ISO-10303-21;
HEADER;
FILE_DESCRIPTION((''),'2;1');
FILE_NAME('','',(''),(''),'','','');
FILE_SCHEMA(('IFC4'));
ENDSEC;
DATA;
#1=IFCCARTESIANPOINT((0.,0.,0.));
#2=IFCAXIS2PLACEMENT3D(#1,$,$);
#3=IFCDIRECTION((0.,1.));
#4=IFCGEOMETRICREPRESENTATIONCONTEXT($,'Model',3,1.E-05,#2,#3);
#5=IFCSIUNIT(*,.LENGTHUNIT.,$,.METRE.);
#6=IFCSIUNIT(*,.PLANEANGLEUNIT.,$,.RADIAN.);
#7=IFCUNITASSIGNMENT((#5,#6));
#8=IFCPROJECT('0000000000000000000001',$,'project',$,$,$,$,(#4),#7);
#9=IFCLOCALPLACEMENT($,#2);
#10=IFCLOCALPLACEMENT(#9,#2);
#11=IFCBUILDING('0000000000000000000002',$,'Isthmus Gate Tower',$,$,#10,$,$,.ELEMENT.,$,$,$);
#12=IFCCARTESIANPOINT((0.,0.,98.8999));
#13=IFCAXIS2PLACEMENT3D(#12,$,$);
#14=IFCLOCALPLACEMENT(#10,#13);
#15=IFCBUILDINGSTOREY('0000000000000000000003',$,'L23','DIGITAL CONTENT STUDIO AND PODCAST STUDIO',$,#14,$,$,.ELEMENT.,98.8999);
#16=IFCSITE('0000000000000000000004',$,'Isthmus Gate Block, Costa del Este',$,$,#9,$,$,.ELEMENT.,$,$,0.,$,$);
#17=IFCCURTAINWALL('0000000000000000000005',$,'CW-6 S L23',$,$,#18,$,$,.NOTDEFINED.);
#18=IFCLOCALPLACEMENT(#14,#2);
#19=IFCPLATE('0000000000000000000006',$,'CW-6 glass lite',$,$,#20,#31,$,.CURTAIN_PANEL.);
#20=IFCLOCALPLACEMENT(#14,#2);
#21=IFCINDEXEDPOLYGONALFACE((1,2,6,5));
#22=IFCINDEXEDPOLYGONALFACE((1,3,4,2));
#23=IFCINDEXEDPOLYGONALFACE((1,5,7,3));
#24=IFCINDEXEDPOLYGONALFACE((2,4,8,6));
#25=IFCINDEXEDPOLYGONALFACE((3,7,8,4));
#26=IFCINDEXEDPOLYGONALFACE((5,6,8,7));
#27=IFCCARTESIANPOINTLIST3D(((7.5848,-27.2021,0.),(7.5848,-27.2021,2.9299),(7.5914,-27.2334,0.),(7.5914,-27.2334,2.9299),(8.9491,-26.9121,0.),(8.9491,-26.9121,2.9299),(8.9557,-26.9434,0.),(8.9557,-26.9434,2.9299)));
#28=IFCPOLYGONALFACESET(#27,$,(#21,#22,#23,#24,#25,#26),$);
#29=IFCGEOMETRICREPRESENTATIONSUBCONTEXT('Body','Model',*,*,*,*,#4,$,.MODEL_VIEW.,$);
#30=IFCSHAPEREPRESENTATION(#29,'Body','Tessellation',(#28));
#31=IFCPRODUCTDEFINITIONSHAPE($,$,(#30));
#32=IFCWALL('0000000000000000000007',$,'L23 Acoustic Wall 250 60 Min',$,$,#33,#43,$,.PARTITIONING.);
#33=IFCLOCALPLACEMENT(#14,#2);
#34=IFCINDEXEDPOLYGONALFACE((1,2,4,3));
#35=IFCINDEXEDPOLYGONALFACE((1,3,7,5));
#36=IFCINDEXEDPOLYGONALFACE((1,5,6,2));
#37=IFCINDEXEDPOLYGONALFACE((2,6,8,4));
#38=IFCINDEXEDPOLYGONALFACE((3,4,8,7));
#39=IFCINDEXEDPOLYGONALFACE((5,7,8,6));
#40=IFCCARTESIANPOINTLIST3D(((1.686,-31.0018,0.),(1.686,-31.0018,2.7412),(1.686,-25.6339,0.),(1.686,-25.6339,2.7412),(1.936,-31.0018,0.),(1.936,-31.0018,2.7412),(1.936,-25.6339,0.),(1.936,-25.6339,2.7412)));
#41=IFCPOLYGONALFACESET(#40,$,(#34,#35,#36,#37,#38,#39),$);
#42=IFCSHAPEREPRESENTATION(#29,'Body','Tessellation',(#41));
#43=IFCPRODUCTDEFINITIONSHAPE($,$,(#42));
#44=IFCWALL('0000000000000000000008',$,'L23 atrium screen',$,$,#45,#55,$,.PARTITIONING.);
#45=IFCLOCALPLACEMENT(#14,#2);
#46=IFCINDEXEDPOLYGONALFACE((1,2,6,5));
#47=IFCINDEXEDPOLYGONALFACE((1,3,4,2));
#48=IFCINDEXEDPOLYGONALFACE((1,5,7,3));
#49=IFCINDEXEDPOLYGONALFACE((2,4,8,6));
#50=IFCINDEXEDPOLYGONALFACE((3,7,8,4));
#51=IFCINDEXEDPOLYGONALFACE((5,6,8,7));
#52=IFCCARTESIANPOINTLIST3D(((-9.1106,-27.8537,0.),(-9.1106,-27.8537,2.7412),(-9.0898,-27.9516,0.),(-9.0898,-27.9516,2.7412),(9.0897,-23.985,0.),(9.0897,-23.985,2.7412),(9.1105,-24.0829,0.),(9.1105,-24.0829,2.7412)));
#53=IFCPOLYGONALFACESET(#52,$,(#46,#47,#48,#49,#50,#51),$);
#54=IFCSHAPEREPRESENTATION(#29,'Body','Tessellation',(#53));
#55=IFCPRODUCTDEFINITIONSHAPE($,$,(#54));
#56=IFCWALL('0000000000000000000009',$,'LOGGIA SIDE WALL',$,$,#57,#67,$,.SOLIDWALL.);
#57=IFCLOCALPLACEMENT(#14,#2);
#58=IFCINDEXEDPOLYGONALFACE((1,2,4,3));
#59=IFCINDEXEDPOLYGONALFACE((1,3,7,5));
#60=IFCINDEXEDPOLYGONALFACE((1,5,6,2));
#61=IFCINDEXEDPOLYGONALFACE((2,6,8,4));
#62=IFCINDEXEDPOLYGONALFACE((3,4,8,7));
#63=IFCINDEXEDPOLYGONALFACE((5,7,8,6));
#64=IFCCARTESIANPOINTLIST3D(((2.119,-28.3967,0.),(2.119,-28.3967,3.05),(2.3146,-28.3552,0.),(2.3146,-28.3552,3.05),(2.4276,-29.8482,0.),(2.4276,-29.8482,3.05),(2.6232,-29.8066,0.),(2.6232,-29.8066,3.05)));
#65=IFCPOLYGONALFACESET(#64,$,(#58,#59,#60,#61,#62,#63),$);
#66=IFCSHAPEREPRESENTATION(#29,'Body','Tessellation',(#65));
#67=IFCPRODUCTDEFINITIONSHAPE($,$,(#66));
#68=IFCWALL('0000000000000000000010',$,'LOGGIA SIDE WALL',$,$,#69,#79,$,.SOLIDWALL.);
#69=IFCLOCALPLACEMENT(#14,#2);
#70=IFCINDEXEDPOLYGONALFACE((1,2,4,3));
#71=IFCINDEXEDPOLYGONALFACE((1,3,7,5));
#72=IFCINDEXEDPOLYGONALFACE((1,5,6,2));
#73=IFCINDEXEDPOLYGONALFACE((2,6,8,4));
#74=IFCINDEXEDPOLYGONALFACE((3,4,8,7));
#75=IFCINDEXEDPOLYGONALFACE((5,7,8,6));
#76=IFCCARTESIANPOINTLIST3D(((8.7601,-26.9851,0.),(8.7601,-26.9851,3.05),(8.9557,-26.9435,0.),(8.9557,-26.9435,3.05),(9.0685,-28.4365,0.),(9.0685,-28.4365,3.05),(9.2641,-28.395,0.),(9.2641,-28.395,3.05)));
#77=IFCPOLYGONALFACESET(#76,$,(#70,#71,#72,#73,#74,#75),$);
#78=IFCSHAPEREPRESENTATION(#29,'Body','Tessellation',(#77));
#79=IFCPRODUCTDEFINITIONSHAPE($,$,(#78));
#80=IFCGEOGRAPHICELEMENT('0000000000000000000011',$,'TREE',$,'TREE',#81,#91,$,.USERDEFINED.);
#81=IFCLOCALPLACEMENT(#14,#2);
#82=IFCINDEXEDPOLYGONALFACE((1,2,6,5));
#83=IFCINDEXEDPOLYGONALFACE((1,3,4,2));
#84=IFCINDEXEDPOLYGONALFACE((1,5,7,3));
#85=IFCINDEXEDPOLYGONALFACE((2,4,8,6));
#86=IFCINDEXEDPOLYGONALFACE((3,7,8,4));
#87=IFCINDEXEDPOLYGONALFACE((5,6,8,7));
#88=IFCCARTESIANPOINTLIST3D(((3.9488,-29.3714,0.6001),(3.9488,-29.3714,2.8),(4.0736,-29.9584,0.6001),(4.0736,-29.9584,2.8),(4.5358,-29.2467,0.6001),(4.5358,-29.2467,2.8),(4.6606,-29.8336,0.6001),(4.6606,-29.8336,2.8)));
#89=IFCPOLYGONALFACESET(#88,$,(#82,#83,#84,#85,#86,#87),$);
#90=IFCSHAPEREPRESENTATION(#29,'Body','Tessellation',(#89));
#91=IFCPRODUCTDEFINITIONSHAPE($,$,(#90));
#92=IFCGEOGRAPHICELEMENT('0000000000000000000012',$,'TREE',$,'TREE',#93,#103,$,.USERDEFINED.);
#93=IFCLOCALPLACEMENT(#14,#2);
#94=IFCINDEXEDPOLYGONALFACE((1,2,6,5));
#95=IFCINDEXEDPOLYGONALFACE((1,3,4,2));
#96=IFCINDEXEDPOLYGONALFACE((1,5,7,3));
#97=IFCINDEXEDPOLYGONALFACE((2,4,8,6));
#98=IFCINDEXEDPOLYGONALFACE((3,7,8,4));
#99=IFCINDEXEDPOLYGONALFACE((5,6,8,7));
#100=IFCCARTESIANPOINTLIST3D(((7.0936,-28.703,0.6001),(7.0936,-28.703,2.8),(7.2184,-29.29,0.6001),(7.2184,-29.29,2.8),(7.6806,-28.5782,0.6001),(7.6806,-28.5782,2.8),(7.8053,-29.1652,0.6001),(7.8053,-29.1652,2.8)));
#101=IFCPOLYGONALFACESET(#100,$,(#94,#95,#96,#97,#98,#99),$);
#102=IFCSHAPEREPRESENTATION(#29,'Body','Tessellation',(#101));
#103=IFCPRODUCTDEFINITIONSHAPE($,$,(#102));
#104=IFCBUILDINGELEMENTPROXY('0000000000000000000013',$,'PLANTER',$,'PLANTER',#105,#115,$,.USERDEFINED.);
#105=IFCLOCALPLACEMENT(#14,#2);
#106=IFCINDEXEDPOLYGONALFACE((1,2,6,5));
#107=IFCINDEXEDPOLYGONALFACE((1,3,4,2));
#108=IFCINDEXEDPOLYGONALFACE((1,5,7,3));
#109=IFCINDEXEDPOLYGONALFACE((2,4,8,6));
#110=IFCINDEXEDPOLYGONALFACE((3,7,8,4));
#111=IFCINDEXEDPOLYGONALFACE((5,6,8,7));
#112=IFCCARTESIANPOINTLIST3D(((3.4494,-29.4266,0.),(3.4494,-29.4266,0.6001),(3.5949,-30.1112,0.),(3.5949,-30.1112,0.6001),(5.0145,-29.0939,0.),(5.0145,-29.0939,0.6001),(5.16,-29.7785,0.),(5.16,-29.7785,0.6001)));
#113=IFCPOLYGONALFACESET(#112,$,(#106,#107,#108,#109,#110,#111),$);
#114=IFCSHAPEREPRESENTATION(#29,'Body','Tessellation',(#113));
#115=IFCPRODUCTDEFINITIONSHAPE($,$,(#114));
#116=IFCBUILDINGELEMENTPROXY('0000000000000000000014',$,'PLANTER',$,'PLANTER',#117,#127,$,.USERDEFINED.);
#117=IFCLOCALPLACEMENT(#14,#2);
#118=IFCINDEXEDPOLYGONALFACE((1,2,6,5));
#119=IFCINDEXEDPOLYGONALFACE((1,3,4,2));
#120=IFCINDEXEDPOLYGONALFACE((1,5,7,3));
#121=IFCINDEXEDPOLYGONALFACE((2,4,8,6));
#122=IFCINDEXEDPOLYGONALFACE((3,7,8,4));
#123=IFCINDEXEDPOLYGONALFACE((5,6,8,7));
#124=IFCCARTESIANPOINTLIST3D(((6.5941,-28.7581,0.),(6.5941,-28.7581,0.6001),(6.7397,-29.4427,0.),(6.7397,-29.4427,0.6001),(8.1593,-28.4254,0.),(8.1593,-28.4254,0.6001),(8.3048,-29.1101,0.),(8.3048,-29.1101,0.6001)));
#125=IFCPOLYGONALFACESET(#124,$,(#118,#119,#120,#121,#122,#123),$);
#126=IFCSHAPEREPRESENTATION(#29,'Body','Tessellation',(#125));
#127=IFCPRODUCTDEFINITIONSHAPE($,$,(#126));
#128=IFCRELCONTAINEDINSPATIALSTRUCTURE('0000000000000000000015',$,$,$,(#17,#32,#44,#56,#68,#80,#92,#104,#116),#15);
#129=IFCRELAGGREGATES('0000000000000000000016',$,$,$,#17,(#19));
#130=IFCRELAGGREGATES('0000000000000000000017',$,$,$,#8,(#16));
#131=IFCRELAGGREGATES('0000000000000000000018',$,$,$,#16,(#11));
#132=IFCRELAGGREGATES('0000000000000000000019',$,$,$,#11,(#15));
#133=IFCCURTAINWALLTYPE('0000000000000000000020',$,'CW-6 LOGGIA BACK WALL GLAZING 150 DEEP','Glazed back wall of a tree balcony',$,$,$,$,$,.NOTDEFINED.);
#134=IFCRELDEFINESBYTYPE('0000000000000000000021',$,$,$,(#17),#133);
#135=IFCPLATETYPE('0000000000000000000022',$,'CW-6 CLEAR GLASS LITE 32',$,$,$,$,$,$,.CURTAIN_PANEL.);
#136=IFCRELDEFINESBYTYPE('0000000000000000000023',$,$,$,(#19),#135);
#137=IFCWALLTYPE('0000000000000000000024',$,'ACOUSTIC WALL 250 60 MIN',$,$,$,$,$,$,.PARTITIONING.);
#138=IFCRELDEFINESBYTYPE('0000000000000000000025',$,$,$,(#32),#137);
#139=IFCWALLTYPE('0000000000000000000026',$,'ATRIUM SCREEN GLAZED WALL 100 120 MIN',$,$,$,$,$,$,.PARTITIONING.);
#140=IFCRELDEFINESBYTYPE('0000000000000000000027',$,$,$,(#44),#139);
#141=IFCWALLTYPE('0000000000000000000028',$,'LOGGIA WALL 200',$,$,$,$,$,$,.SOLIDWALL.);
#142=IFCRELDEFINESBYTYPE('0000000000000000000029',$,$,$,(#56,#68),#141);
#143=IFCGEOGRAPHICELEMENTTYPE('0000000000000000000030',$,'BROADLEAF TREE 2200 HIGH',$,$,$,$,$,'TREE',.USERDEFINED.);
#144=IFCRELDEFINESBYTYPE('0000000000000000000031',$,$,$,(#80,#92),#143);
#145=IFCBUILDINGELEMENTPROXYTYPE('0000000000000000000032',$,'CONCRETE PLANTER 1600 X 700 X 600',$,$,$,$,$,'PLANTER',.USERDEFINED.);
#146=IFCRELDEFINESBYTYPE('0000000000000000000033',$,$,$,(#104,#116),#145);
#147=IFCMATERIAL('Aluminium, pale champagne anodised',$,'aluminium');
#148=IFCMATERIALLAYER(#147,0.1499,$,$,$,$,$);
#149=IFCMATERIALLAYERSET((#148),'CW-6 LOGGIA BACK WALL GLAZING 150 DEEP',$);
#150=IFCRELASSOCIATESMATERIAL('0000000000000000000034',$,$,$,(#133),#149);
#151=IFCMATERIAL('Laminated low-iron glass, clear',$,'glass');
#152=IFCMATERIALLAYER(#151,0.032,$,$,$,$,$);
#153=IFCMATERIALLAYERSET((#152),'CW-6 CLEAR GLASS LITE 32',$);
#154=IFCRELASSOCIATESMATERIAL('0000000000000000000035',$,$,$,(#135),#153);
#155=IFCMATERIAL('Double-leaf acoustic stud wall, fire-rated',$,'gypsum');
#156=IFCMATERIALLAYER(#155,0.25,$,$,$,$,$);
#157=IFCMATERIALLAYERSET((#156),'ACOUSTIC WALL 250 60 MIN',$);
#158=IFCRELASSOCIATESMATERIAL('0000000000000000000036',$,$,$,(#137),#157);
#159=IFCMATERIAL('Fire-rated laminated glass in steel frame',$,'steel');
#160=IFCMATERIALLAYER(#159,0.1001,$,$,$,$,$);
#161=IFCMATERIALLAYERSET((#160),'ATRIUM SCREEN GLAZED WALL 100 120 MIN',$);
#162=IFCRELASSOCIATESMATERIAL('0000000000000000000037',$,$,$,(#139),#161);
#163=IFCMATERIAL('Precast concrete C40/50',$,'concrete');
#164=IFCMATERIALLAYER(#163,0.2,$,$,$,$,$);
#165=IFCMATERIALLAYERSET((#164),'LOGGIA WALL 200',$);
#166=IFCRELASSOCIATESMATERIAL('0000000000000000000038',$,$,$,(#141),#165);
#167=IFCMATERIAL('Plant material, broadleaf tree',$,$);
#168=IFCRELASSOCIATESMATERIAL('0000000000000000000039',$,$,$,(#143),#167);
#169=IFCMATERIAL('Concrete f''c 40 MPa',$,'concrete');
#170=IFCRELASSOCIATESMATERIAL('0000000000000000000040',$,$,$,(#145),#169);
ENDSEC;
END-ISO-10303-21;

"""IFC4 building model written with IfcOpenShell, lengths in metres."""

from ifc_helpers import new_model, si_unit, direction, frame, frame_2d, origin, origin_2d, place, context, subcontext, project, spatial, rectangle, extrude, material, layer, layer_set, type_object, element, aggregate, save


model = new_model("IFC4")

# Units and contexts
model_context = context("Model", 3, precision=1e-05, world=origin(), true_north=direction((0.0, 1.0)))
body_context = subcontext(model_context, "Body", "Model", "MODEL_VIEW")
ifc_project = project(units=[si_unit("LENGTHUNIT", "METRE"), si_unit("PLANEANGLEUNIT", "RADIAN")], contexts=[model_context])

# Site, building, storey
site_placement = place(None, origin())
site = spatial("IfcSite", under=ifc_project, at=site_placement, Name="Isthmus Gate Block, Costa del Este", CompositionType="ELEMENT", RefElevation=0.0)
building_placement = place(site_placement, origin())
building = spatial("IfcBuilding", under=site, at=building_placement, Name="Isthmus Gate Tower", CompositionType="ELEMENT")
storey_placement = place(building_placement, frame((0.0, 0.0, 98.8999)))
storey = spatial("IfcBuildingStorey", under=building, at=storey_placement, Name="L23", Description="DIGITAL CONTENT STUDIO AND PODCAST STUDIO", CompositionType="ELEMENT", Elevation=98.8999)

# Curtain wall
ifc_material_1 = material(Name="Aluminium, pale champagne anodised", Category="aluminium")
ifc_layer_1 = layer(ifc_material_1, 0.1499)
ifc_layer_set_1 = layer_set([ifc_layer_1], Name="CW-6 LOGGIA BACK WALL GLAZING 150 DEEP")
curtain_wall_type_1 = type_object("IfcCurtainWallType", Name="CW-6 LOGGIA BACK WALL GLAZING 150 DEEP", Description="Glazed back wall of a tree balcony", PredefinedType="NOTDEFINED", material=ifc_layer_set_1)
curtain_wall_1_placement = place(storey_placement, origin())
curtain_wall_1 = element("IfcCurtainWall", 1, at=curtain_wall_1_placement, inside=storey, type_object=curtain_wall_type_1, Name="CW-6 S L23", PredefinedType="NOTDEFINED")

# Plate
ifc_material_2 = material(Name="Laminated low-iron glass, clear", Category="glass")
ifc_layer_2 = layer(ifc_material_2, 0.032)
ifc_layer_set_2 = layer_set([ifc_layer_2], Name="CW-6 CLEAR GLASS LITE 32")
plate_type = type_object("IfcPlateType", Name="CW-6 CLEAR GLASS LITE 32", PredefinedType="CURTAIN_PANEL", material=ifc_layer_set_2)
plate_1_placement = place(storey_placement, frame((8.2703, -27.0728, 0.0), z_axis=(0.0, 0.0, 1.0), x_axis=(0.978148, 0.207912, 0.0)))
plate_1 = element("IfcPlate", 2, at=plate_1_placement, type_object=plate_type, Name="CW-6 glass lite", PredefinedType="CURTAIN_PANEL", context=body_context, shape_type="SweptSolid", body=[
    extrude(rectangle(XDim=1.3948, YDim=0.032, at=origin_2d()), origin(), (0.0, 0.0, 1.0), 2.9299),
])
aggregate(curtain_wall_1, [plate_1])

# Walls
ifc_material_3 = material(Name="Double-leaf acoustic stud wall, fire-rated", Category="gypsum")
ifc_layer_3 = layer(ifc_material_3, 0.25)
ifc_layer_set_3 = layer_set([ifc_layer_3], Name="ACOUSTIC WALL 250 60 MIN")
wall_type_1 = type_object("IfcWallType", Name="ACOUSTIC WALL 250 60 MIN", PredefinedType="PARTITIONING", material=ifc_layer_set_3)
wall_1_placement = place(storey_placement, frame((1.811, -31.002, 0.0), z_axis=(0.0, 0.0, 1.0), x_axis=(0.0, 1.0, 0.0)))
element("IfcWall", 3, at=wall_1_placement, inside=storey, type_object=wall_type_1, Name="L23 Acoustic Wall 250 60 Min", PredefinedType="PARTITIONING", context=body_context, shape_type="SweptSolid", body=[
    extrude(rectangle(XDim=5.3679, YDim=0.25, at=frame_2d((2.6841, 0.0))), origin(), (0.0, 0.0, 1.0), 2.7412),
])
ifc_material_4 = material(Name="Fire-rated laminated glass in steel frame", Category="steel")
ifc_layer_4 = layer(ifc_material_4, 0.1001)
ifc_layer_set_4 = layer_set([ifc_layer_4], Name="ATRIUM SCREEN GLAZED WALL 100 120 MIN")
wall_type_2 = type_object("IfcWallType", Name="ATRIUM SCREEN GLAZED WALL 100 120 MIN", PredefinedType="PARTITIONING", material=ifc_layer_set_4)
wall_2_placement = place(storey_placement, frame((9.1001, -24.0339, 0.0), z_axis=(0.0, 0.0, 1.0), x_axis=(-0.978147, -0.207916, 0.0)))
element("IfcWall", 4, at=wall_2_placement, inside=storey, type_object=wall_type_2, Name="L23 atrium screen", PredefinedType="PARTITIONING", context=body_context, shape_type="SweptSolid", body=[
    extrude(rectangle(XDim=18.6069, YDim=0.1001, at=frame_2d((9.3035, 0.0))), origin(), (0.0, 0.0, 1.0), 2.7412),
])

# Shared definitions
ifc_material_5 = material(Name="Precast concrete C40/50", Category="concrete")
ifc_layer_5 = layer(ifc_material_5, 0.2)
ifc_layer_set_5 = layer_set([ifc_layer_5], Name="LOGGIA WALL 200")
wall_type_3 = type_object("IfcWallType", Name="LOGGIA WALL 200", PredefinedType="SOLIDWALL", material=ifc_layer_set_5)

# Walls
for number, where, z_axis, x_axis, name in (
    (5, (2.5254, -29.8274, 0.0), (0.0, 0.0, 1.0), (-0.207967, 0.978136, 0.0), "LOGGIA SIDE WALL"),
    (6, (9.1663, -28.4158, 0.0), (0.0, 0.0, 1.0), (-0.20781, 0.978169, 0.0), "LOGGIA SIDE WALL"),
):
    element("IfcWall", number, at=place(storey_placement, frame(where, z_axis=z_axis, x_axis=x_axis)), inside=storey, type_object=wall_type_3, Name=name, PredefinedType="SOLIDWALL", context=body_context, shape_type="SweptSolid", body=[
        extrude(rectangle(XDim=1.4839, YDim=0.2, at=frame_2d((0.7419, 0.0))), origin(), (0.0, 0.0, 1.0), 3.05),
    ])

# Geographic elements
ifc_material_6 = material(Name="Plant material, broadleaf tree")
geographic_element_type = type_object("IfcGeographicElementType", Name="BROADLEAF TREE 2200 HIGH", ElementType="TREE", PredefinedType="USERDEFINED", material=ifc_material_6)
for number, where, z_axis, x_axis, name in (
    (7, (4.3047, -29.6025, 0.6001), (0.0, 0.0, 1.0), (0.978148, 0.207912, 0.0), "TREE"),
    (8, (7.4495, -28.9341, 0.6001), (0.0, 0.0, 1.0), (0.978148, 0.207912, 0.0), "TREE"),
):
    element("IfcGeographicElement", number, at=place(storey_placement, frame(where, z_axis=z_axis, x_axis=x_axis)), inside=storey, type_object=geographic_element_type, Name=name, ObjectType="TREE", PredefinedType="USERDEFINED", context=body_context, shape_type="SweptSolid", body=[
        extrude(rectangle(XDim=0.6001, YDim=0.6001, at=origin_2d()), origin(), (0.0, 0.0, 1.0), 2.2),
    ])

# Building element proxies
ifc_material_7 = material(Name="Concrete f'c 40 MPa", Category="concrete")
building_element_proxy_type = type_object("IfcBuildingElementProxyType", Name="CONCRETE PLANTER 1600 X 700 X 600", ElementType="PLANTER", PredefinedType="USERDEFINED", material=ifc_material_7)
for number, where, z_axis, x_axis, name in (
    (9, (4.3047, -29.6025, 0.0), (0.0, 0.0, 1.0), (0.978148, 0.207912, 0.0), "PLANTER"),
    (10, (7.4495, -28.9341, 0.0), (0.0, 0.0, 1.0), (0.978148, 0.207912, 0.0), "PLANTER"),
):
    element("IfcBuildingElementProxy", number, at=place(storey_placement, frame(where, z_axis=z_axis, x_axis=x_axis)), inside=storey, type_object=building_element_proxy_type, Name=name, ObjectType="PLANTER", PredefinedType="USERDEFINED", context=body_context, shape_type="SweptSolid", body=[
        extrude(rectangle(XDim=1.6001, YDim=0.7, at=origin_2d()), origin(), (0.0, 0.0, 1.0), 0.6001),
    ])

save(model, "model.ifc")
